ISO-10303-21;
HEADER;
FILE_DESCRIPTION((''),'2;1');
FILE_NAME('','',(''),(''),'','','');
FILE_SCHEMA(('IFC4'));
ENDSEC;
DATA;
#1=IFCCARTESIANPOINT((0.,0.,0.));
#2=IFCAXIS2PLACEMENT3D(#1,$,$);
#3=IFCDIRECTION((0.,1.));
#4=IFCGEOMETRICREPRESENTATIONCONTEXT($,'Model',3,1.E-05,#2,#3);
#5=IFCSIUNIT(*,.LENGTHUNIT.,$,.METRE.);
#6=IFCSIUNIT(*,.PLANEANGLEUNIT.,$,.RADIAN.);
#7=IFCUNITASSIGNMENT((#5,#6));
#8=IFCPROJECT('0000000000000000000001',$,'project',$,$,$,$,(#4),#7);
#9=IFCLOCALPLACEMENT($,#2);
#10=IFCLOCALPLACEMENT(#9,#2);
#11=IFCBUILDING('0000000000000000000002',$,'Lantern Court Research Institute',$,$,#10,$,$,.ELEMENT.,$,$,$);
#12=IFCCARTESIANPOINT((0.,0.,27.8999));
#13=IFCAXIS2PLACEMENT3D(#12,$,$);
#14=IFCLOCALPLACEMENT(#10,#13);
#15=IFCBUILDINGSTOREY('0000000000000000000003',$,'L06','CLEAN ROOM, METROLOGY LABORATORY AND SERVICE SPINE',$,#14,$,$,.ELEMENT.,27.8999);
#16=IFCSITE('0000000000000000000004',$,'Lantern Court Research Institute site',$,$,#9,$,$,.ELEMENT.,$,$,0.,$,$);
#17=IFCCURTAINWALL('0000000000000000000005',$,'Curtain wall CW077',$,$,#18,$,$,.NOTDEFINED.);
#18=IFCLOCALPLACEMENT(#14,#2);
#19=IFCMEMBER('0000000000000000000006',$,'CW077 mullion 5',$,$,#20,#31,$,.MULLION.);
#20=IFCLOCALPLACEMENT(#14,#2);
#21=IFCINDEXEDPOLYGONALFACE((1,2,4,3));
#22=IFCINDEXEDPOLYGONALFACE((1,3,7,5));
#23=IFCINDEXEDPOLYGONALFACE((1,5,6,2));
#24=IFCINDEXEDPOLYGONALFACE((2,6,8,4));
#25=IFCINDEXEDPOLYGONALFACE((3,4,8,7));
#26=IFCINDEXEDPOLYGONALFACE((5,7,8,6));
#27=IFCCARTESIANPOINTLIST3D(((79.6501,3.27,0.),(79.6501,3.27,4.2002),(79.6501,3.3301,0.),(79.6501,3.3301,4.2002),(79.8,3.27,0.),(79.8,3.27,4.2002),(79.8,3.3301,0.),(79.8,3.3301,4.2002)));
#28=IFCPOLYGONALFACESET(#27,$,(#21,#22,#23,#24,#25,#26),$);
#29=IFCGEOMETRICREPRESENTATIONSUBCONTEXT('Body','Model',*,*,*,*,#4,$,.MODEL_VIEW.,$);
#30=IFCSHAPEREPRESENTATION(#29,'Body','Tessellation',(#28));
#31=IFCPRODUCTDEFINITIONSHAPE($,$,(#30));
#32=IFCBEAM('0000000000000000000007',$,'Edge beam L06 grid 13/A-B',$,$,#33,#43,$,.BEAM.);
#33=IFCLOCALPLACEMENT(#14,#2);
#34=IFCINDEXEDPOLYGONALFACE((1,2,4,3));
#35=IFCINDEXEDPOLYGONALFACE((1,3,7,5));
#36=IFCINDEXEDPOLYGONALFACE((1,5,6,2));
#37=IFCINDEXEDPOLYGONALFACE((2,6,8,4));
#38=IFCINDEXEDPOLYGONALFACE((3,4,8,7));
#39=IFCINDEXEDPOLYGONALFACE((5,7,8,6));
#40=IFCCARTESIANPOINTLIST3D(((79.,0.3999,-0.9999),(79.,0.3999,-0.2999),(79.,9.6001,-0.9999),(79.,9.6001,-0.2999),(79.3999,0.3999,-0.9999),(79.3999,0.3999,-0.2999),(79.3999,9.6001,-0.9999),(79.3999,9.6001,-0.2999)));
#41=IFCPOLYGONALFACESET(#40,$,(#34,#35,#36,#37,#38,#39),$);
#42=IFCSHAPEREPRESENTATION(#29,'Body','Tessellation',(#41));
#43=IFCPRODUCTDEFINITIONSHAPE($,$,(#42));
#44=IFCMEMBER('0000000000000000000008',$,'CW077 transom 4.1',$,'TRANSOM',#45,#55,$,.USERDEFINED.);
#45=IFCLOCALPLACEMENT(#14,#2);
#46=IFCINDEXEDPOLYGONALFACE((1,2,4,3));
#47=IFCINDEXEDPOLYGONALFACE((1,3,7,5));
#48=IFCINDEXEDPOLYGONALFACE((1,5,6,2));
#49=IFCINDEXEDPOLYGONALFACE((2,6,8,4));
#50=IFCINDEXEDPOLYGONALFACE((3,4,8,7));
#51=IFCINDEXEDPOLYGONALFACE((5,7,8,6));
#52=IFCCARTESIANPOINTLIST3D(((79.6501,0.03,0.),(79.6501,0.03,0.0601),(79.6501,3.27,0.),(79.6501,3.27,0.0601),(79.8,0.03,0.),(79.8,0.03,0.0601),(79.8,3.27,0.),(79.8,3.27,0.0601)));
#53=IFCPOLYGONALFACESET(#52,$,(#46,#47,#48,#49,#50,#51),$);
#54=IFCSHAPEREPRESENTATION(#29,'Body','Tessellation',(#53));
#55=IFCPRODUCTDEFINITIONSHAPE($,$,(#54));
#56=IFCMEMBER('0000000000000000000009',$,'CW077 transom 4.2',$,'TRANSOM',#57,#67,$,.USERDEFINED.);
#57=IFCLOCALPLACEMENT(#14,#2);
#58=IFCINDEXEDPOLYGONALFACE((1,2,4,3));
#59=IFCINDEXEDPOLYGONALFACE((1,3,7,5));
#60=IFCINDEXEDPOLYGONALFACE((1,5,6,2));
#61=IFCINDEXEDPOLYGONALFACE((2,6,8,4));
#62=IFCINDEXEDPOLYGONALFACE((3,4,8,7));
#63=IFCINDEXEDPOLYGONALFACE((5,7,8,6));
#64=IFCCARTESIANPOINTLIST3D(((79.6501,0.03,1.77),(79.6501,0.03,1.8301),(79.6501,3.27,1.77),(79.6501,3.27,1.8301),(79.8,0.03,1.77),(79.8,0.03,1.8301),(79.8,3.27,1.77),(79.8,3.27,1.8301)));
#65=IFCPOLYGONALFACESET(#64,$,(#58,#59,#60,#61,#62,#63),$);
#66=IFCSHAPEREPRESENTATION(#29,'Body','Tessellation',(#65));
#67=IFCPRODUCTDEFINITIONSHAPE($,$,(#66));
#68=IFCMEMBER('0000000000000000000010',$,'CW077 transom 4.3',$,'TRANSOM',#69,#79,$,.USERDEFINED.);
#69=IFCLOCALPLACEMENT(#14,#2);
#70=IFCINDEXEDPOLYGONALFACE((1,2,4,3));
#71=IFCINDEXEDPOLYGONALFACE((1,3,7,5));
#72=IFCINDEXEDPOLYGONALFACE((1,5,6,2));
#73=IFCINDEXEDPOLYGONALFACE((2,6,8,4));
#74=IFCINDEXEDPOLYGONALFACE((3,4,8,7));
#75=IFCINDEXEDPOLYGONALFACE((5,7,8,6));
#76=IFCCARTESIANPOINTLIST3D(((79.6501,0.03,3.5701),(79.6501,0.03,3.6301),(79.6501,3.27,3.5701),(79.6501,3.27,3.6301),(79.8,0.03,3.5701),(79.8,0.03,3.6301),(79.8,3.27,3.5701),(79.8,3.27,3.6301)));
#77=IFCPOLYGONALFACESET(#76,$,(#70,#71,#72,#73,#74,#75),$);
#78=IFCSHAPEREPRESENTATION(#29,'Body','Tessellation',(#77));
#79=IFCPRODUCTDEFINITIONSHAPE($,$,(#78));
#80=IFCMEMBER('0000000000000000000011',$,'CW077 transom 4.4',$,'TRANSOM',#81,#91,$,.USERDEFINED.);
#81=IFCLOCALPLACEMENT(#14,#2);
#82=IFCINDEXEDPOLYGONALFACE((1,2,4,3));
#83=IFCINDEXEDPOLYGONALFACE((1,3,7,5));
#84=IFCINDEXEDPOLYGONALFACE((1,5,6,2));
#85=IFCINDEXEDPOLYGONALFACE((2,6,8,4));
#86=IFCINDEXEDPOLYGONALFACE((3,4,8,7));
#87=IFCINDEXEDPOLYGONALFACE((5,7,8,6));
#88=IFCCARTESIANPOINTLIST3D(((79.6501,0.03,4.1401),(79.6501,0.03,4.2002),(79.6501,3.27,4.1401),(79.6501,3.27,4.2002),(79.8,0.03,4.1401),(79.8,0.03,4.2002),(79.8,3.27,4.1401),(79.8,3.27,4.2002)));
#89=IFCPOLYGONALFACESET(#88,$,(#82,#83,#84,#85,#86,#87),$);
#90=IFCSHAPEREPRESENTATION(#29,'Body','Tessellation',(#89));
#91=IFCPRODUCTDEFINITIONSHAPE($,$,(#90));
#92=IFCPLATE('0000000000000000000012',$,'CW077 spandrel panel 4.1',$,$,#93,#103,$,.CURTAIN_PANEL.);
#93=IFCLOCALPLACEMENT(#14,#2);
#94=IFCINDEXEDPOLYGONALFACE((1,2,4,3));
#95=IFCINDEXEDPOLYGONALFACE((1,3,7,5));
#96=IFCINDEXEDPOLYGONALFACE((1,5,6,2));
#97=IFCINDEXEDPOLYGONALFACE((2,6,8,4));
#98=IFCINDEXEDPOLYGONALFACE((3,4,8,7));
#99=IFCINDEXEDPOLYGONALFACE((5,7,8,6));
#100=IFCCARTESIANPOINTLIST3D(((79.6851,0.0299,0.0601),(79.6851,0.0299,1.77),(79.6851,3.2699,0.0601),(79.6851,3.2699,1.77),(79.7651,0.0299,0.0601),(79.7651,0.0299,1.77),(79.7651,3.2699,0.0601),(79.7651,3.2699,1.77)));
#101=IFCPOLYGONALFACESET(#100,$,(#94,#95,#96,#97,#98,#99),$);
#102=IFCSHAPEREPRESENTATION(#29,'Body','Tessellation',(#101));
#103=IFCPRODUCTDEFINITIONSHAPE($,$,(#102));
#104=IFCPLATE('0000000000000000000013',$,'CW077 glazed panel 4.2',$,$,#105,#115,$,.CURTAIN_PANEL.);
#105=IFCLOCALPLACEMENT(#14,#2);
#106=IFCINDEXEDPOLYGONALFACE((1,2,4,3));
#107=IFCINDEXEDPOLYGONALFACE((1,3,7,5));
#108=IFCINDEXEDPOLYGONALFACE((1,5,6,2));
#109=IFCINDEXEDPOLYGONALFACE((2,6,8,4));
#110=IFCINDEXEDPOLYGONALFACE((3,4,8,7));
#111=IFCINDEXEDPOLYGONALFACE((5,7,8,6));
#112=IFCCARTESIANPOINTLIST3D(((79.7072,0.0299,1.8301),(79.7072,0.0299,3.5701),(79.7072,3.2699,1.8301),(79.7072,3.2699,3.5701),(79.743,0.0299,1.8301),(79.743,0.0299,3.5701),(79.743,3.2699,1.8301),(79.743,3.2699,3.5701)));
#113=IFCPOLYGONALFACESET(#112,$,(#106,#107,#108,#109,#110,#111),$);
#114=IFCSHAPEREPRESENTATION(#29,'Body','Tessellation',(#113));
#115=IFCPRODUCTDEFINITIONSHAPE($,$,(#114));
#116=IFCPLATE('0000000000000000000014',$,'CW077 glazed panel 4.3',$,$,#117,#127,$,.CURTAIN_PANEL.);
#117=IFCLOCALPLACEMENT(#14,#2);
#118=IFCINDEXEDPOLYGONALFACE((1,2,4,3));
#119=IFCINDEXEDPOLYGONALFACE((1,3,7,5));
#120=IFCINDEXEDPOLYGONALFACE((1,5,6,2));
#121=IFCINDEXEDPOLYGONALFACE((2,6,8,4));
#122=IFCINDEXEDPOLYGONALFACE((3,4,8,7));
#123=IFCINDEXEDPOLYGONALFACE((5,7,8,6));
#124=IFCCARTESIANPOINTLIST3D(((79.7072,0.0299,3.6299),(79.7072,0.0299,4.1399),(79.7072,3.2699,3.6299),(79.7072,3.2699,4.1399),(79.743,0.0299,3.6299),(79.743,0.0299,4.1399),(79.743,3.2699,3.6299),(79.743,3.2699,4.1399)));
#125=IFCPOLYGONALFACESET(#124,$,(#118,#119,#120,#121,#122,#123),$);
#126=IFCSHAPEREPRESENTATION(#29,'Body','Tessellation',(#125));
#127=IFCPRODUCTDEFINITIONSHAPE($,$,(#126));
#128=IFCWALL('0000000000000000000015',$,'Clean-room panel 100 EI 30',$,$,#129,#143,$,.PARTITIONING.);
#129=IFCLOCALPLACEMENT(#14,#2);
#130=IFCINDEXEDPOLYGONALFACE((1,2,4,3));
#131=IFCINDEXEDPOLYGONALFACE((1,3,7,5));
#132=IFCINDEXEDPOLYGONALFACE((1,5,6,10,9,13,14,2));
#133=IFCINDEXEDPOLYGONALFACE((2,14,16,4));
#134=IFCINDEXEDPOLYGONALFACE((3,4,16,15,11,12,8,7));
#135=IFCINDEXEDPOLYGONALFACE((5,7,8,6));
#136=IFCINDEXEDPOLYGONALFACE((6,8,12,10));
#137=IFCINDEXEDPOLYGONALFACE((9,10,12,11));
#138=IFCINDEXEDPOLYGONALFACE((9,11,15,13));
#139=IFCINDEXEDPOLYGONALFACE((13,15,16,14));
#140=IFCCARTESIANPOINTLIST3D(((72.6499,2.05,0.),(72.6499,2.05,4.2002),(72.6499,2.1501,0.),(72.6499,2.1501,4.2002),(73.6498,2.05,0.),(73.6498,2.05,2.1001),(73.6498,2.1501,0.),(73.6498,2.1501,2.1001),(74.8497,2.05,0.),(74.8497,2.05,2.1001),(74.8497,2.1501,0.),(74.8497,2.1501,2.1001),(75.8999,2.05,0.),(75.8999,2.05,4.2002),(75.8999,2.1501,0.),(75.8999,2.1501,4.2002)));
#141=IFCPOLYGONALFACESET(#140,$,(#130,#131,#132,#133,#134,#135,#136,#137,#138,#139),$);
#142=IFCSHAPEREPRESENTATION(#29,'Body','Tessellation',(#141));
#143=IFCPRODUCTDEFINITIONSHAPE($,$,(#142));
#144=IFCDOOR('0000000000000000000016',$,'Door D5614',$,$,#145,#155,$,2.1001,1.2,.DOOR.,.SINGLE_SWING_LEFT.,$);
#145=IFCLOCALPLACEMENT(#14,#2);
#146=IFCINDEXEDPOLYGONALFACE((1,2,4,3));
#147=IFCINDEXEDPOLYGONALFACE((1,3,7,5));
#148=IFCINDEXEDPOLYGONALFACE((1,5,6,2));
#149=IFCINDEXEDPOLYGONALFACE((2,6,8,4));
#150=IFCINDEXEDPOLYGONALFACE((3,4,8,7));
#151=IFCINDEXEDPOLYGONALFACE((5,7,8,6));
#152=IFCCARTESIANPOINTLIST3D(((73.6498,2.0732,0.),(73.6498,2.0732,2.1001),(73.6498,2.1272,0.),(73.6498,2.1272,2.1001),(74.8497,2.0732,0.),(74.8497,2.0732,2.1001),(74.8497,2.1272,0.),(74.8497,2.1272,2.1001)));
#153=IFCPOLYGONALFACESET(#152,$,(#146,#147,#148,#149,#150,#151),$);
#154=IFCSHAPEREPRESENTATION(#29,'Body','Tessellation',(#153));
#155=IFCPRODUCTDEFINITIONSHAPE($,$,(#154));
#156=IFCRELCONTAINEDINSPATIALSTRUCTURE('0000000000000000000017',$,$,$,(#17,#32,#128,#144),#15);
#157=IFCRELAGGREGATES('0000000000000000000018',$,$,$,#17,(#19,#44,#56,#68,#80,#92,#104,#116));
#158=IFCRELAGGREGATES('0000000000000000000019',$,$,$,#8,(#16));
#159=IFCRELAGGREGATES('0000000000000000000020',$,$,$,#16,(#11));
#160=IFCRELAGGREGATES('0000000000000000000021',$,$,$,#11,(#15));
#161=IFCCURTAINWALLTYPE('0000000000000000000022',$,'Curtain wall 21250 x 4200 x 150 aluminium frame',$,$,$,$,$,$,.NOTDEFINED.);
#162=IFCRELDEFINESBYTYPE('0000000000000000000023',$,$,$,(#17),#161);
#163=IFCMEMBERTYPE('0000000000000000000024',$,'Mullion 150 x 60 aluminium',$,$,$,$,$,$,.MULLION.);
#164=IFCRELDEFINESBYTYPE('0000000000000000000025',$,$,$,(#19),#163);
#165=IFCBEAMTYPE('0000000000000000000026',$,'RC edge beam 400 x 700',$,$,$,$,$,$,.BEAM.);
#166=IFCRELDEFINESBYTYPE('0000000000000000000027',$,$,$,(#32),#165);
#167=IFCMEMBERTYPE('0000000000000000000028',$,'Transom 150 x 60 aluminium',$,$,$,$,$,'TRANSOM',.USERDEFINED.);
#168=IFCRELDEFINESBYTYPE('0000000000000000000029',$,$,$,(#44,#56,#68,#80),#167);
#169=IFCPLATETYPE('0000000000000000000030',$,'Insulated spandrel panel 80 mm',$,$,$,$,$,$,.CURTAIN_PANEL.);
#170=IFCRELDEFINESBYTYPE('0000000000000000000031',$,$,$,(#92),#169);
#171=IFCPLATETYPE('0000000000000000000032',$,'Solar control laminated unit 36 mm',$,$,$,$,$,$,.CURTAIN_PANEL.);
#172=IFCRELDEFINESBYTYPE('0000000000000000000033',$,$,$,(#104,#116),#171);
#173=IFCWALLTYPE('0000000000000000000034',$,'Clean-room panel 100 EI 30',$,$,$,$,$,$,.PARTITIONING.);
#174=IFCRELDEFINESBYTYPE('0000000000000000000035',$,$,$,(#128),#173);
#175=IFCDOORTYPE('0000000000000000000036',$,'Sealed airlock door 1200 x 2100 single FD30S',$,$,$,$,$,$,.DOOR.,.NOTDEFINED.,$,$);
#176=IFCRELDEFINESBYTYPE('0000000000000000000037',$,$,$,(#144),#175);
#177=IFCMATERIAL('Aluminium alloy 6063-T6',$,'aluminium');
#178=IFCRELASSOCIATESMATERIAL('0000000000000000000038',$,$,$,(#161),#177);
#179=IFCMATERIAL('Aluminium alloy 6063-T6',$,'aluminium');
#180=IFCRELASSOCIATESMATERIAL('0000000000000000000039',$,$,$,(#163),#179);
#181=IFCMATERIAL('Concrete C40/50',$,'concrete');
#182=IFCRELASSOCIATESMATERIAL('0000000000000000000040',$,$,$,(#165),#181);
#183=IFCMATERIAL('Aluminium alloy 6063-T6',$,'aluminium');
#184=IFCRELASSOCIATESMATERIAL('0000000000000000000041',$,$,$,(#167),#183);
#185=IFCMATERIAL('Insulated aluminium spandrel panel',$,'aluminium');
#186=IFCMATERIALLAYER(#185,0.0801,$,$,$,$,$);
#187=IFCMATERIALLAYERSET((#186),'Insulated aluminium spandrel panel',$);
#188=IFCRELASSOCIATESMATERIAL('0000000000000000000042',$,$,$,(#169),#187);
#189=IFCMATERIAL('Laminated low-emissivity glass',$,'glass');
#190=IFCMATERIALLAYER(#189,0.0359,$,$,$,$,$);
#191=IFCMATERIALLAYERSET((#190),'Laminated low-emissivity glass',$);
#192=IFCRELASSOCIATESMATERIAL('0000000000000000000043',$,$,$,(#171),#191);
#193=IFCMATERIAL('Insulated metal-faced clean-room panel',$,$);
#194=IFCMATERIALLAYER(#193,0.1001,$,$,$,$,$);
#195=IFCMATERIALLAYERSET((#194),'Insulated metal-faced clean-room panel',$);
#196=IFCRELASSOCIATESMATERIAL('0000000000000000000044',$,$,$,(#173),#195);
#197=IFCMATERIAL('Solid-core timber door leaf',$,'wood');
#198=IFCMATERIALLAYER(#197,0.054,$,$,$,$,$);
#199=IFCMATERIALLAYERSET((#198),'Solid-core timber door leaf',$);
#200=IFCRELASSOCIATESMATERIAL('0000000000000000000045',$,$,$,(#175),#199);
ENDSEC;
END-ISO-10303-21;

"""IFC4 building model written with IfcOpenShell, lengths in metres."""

from ifc_helpers import new_model, si_unit, direction, frame, frame_2d, origin, origin_2d, place, context, subcontext, project, spatial, rectangle, extrude, material, layer, layer_set, material_profile, profile_set, type_object, element, fill, aggregate, save


model = new_model("IFC4")

# Units and contexts
model_context = context("Model", 3, precision=1e-05, world=origin(), true_north=direction((0.0, 1.0)))
body_context = subcontext(model_context, "Body", "Model", "MODEL_VIEW")
ifc_project = project(units=[si_unit("LENGTHUNIT", "METRE"), si_unit("PLANEANGLEUNIT", "RADIAN")], contexts=[model_context])

# Site, building, storey
site_placement = place(None, origin())
site = spatial("IfcSite", under=ifc_project, at=site_placement, Name="Lantern Court Research Institute site", CompositionType="ELEMENT", RefElevation=0.0)
building_placement = place(site_placement, origin())
building = spatial("IfcBuilding", under=site, at=building_placement, Name="Lantern Court Research Institute", CompositionType="ELEMENT")
storey_placement = place(building_placement, frame((0.0, 0.0, 27.8999)))
storey = spatial("IfcBuildingStorey", under=building, at=storey_placement, Name="L06", Description="CLEAN ROOM, METROLOGY LABORATORY AND SERVICE SPINE", CompositionType="ELEMENT", Elevation=27.8999)

# Curtain wall, member
ifc_material_1 = material(Name="Aluminium alloy 6063-T6", Category="aluminium")
curtain_wall_type = type_object("IfcCurtainWallType", Name="Curtain wall 21250 x 4200 x 150 aluminium frame", PredefinedType="NOTDEFINED", material=ifc_material_1)
curtain_wall_placement = place(storey_placement, origin())
curtain_wall = element("IfcCurtainWall", 1, at=curtain_wall_placement, inside=storey, type_object=curtain_wall_type, Name="Curtain wall CW077", PredefinedType="NOTDEFINED")
ifc_material_2 = material(Name="Aluminium alloy 6063-T6", Category="aluminium")
ifc_material_profile_1 = material_profile(ifc_material_2, rectangle(XDim=0.1499, YDim=0.0601, at=origin_2d()), Name="Mullion 150 x 60")
ifc_profile_set_1 = profile_set([ifc_material_profile_1], Name="Aluminium alloy 6063-T6")
member_type_1 = type_object("IfcMemberType", Name="Mullion 150 x 60 aluminium", PredefinedType="MULLION", material=ifc_profile_set_1)
member_1_placement = place(storey_placement, frame((79.7251, 3.3, 0.0), z_axis=(0.0, 0.0, 1.0), x_axis=(1.0, 0.0, 0.0)))
member_1 = element("IfcMember", 2, at=member_1_placement, type_object=member_type_1, Name="CW077 mullion 5", PredefinedType="MULLION", context=body_context, shape_type="SweptSolid", body=[
    extrude(rectangle(XDim=0.1499, YDim=0.0601, at=origin_2d()), origin(), (0.0, 0.0, 1.0), 4.2002),
])

# Beam
ifc_material_3 = material(Name="Concrete C40/50", Category="concrete")
ifc_material_profile_2 = material_profile(ifc_material_3, rectangle(XDim=0.3999, YDim=0.7, at=origin_2d()), Name="RC beam 400 x 700")
ifc_profile_set_2 = profile_set([ifc_material_profile_2], Name="Concrete C40/50")
beam_type = type_object("IfcBeamType", Name="RC edge beam 400 x 700", PredefinedType="BEAM", material=ifc_profile_set_2)
beam_placement = place(storey_placement, frame((79.2, 0.3999, -0.6499), z_axis=(0.0, 1.0, 0.0), x_axis=(-1.0, 0.0, 0.0)))
element("IfcBeam", 3, at=beam_placement, inside=storey, type_object=beam_type, Name="Edge beam L06 grid 13/A-B", PredefinedType="BEAM", context=body_context, shape_type="SweptSolid", body=[
    extrude(rectangle(XDim=0.3999, YDim=0.7, at=origin_2d()), origin(), (0.0, 0.0, 1.0), 9.2002),
])

# Members
ifc_material_4 = material(Name="Aluminium alloy 6063-T6", Category="aluminium")
ifc_material_profile_3 = material_profile(ifc_material_4, rectangle(XDim=0.1499, YDim=0.0601, at=origin_2d()), Name="Transom 150 x 60")
ifc_profile_set_3 = profile_set([ifc_material_profile_3], Name="Aluminium alloy 6063-T6")
member_type_2 = type_object("IfcMemberType", Name="Transom 150 x 60 aluminium", ElementType="TRANSOM", PredefinedType="USERDEFINED", material=ifc_profile_set_3)
member_2_placement = place(storey_placement, frame((79.7251, 3.27, 0.03), z_axis=(0.0, -1.0, 0.0), x_axis=(1.0, 0.0, 0.0)))
member_2 = element("IfcMember", 4, at=member_2_placement, type_object=member_type_2, Name="CW077 transom 4.1", ObjectType="TRANSOM", PredefinedType="USERDEFINED", context=body_context, shape_type="SweptSolid", body=[
    extrude(rectangle(XDim=0.1499, YDim=0.0601, at=origin_2d()), origin(), (0.0, 0.0, 1.0), 3.24),
])
member_3_placement = place(storey_placement, frame((79.7251, 3.27, 1.8), z_axis=(0.0, -1.0, 0.0), x_axis=(1.0, 0.0, 0.0)))
member_3 = element("IfcMember", 5, at=member_3_placement, type_object=member_type_2, Name="CW077 transom 4.2", ObjectType="TRANSOM", PredefinedType="USERDEFINED", context=body_context, shape_type="SweptSolid", body=[
    extrude(rectangle(XDim=0.1499, YDim=0.0601, at=origin_2d()), origin(), (0.0, 0.0, 1.0), 3.24),
])
member_4_placement = place(storey_placement, frame((79.7251, 3.27, 3.6001), z_axis=(0.0, -1.0, 0.0), x_axis=(1.0, 0.0, 0.0)))
member_4 = element("IfcMember", 6, at=member_4_placement, type_object=member_type_2, Name="CW077 transom 4.3", ObjectType="TRANSOM", PredefinedType="USERDEFINED", context=body_context, shape_type="SweptSolid", body=[
    extrude(rectangle(XDim=0.1499, YDim=0.0601, at=origin_2d()), origin(), (0.0, 0.0, 1.0), 3.24),
])
member_5_placement = place(storey_placement, frame((79.7251, 3.27, 4.1702), z_axis=(0.0, -1.0, 0.0), x_axis=(1.0, 0.0, 0.0)))
member_5 = element("IfcMember", 7, at=member_5_placement, type_object=member_type_2, Name="CW077 transom 4.4", ObjectType="TRANSOM", PredefinedType="USERDEFINED", context=body_context, shape_type="SweptSolid", body=[
    extrude(rectangle(XDim=0.1499, YDim=0.0601, at=origin_2d()), origin(), (0.0, 0.0, 1.0), 3.24),
])

# Plates
ifc_material_5 = material(Name="Insulated aluminium spandrel panel", Category="aluminium")
ifc_layer_1 = layer(ifc_material_5, 0.0801)
ifc_layer_set_1 = layer_set([ifc_layer_1], Name="Insulated aluminium spandrel panel")
plate_type_1 = type_object("IfcPlateType", Name="Insulated spandrel panel 80 mm", PredefinedType="CURTAIN_PANEL", material=ifc_layer_set_1)
plate_1_placement = place(storey_placement, frame((79.7251, 1.6499, 0.0601), z_axis=(0.0, 0.0, 1.0), x_axis=(0.0, -1.0, 0.0)))
plate_1 = element("IfcPlate", 8, at=plate_1_placement, type_object=plate_type_1, Name="CW077 spandrel panel 4.1", PredefinedType="CURTAIN_PANEL", context=body_context, shape_type="SweptSolid", body=[
    extrude(rectangle(XDim=3.24, YDim=0.0801, at=origin_2d()), origin(), (0.0, 0.0, 1.0), 1.71),
])
ifc_material_6 = material(Name="Laminated low-emissivity glass", Category="glass")
ifc_layer_2 = layer(ifc_material_6, 0.0359)
ifc_layer_set_2 = layer_set([ifc_layer_2], Name="Laminated low-emissivity glass")
plate_type_2 = type_object("IfcPlateType", Name="Solar control laminated unit 36 mm", PredefinedType="CURTAIN_PANEL", material=ifc_layer_set_2)
plate_2_placement = place(storey_placement, frame((79.7251, 1.6499, 1.8301), z_axis=(0.0, 0.0, 1.0), x_axis=(0.0, -1.0, 0.0)))
plate_2 = element("IfcPlate", 9, at=plate_2_placement, type_object=plate_type_2, Name="CW077 glazed panel 4.2", PredefinedType="CURTAIN_PANEL", context=body_context, shape_type="SweptSolid", body=[
    extrude(rectangle(XDim=3.24, YDim=0.0359, at=origin_2d()), origin(), (0.0, 0.0, 1.0), 1.74),
])
plate_3_placement = place(storey_placement, frame((79.7251, 1.6499, 3.6299), z_axis=(0.0, 0.0, 1.0), x_axis=(0.0, -1.0, 0.0)))
plate_3 = element("IfcPlate", 10, at=plate_3_placement, type_object=plate_type_2, Name="CW077 glazed panel 4.3", PredefinedType="CURTAIN_PANEL", context=body_context, shape_type="SweptSolid", body=[
    extrude(rectangle(XDim=3.24, YDim=0.0359, at=origin_2d()), origin(), (0.0, 0.0, 1.0), 0.51),
])
aggregate(curtain_wall, [member_1, member_2, member_3, member_4, member_5, plate_1, plate_2, plate_3])

# Wall, opening, door
ifc_material_7 = material(Name="Insulated metal-faced clean-room panel")
ifc_layer_3 = layer(ifc_material_7, 0.1001)
ifc_layer_set_3 = layer_set([ifc_layer_3], Name="Insulated metal-faced clean-room panel")
wall_type_1 = type_object("IfcWallType", Name="Clean-room panel 100 EI 30", PredefinedType="PARTITIONING", material=ifc_layer_set_3)
wall_1_placement = place(storey_placement, frame((75.8999, 2.1001, 0.0), z_axis=(0.0, 0.0, 1.0), x_axis=(-1.0, 0.0, 0.0)))
wall_1 = element("IfcWall", 11, at=wall_1_placement, inside=storey, type_object=wall_type_1, Name="Clean-room panel 100 EI 30", PredefinedType="PARTITIONING", context=body_context, shape_type="SweptSolid", body=[
    extrude(rectangle(XDim=3.25, YDim=0.1001, at=frame_2d((1.625, 0.0))), origin(), (0.0, 0.0, 1.0), 4.2002),
])
opening_1_placement = place(wall_1_placement, frame((1.05, 0.0, 0.0)))
opening_1 = element("IfcOpeningElement", 12, at=opening_1_placement, cuts=wall_1, PredefinedType="OPENING", context=body_context, shape_type="SweptSolid", body=[
    extrude(rectangle(XDim=1.2, YDim=2.1001, at=frame_2d((0.6001, 1.05))), frame((0.0, 0.0601, 0.0), z_axis=(0.0, -1.0, 0.0), x_axis=(1.0, 0.0, 0.0)), (0.0, 0.0, 1.0), 0.1201),
])
ifc_material_8 = material(Name="Solid-core timber door leaf", Category="wood")
ifc_layer_4 = layer(ifc_material_8, 0.054)
ifc_layer_set_4 = layer_set([ifc_layer_4], Name="Solid-core timber door leaf")
door_type_1 = type_object("IfcDoorType", Name="Sealed airlock door 1200 x 2100 single FD30S", OperationType="NOTDEFINED", PredefinedType="DOOR", material=ifc_layer_set_4)
door_1_placement = place(opening_1_placement, origin())
door_1 = element("IfcDoor", 13, at=door_1_placement, inside=storey, type_object=door_type_1, Name="Door D5614", OperationType="SINGLE_SWING_LEFT", OverallHeight=2.1001, OverallWidth=1.2, PredefinedType="DOOR", context=body_context, shape_type="SweptSolid", body=[
    extrude(rectangle(XDim=1.2, YDim=2.1001, at=frame_2d((0.6001, 1.05))), frame((0.0, 0.0269, 0.0), z_axis=(0.0, -1.0, 0.0), x_axis=(1.0, 0.0, 0.0)), (0.0, 0.0, 1.0), 0.054),
])
fill(opening_1, door_1)

save(model, "model.ifc")
